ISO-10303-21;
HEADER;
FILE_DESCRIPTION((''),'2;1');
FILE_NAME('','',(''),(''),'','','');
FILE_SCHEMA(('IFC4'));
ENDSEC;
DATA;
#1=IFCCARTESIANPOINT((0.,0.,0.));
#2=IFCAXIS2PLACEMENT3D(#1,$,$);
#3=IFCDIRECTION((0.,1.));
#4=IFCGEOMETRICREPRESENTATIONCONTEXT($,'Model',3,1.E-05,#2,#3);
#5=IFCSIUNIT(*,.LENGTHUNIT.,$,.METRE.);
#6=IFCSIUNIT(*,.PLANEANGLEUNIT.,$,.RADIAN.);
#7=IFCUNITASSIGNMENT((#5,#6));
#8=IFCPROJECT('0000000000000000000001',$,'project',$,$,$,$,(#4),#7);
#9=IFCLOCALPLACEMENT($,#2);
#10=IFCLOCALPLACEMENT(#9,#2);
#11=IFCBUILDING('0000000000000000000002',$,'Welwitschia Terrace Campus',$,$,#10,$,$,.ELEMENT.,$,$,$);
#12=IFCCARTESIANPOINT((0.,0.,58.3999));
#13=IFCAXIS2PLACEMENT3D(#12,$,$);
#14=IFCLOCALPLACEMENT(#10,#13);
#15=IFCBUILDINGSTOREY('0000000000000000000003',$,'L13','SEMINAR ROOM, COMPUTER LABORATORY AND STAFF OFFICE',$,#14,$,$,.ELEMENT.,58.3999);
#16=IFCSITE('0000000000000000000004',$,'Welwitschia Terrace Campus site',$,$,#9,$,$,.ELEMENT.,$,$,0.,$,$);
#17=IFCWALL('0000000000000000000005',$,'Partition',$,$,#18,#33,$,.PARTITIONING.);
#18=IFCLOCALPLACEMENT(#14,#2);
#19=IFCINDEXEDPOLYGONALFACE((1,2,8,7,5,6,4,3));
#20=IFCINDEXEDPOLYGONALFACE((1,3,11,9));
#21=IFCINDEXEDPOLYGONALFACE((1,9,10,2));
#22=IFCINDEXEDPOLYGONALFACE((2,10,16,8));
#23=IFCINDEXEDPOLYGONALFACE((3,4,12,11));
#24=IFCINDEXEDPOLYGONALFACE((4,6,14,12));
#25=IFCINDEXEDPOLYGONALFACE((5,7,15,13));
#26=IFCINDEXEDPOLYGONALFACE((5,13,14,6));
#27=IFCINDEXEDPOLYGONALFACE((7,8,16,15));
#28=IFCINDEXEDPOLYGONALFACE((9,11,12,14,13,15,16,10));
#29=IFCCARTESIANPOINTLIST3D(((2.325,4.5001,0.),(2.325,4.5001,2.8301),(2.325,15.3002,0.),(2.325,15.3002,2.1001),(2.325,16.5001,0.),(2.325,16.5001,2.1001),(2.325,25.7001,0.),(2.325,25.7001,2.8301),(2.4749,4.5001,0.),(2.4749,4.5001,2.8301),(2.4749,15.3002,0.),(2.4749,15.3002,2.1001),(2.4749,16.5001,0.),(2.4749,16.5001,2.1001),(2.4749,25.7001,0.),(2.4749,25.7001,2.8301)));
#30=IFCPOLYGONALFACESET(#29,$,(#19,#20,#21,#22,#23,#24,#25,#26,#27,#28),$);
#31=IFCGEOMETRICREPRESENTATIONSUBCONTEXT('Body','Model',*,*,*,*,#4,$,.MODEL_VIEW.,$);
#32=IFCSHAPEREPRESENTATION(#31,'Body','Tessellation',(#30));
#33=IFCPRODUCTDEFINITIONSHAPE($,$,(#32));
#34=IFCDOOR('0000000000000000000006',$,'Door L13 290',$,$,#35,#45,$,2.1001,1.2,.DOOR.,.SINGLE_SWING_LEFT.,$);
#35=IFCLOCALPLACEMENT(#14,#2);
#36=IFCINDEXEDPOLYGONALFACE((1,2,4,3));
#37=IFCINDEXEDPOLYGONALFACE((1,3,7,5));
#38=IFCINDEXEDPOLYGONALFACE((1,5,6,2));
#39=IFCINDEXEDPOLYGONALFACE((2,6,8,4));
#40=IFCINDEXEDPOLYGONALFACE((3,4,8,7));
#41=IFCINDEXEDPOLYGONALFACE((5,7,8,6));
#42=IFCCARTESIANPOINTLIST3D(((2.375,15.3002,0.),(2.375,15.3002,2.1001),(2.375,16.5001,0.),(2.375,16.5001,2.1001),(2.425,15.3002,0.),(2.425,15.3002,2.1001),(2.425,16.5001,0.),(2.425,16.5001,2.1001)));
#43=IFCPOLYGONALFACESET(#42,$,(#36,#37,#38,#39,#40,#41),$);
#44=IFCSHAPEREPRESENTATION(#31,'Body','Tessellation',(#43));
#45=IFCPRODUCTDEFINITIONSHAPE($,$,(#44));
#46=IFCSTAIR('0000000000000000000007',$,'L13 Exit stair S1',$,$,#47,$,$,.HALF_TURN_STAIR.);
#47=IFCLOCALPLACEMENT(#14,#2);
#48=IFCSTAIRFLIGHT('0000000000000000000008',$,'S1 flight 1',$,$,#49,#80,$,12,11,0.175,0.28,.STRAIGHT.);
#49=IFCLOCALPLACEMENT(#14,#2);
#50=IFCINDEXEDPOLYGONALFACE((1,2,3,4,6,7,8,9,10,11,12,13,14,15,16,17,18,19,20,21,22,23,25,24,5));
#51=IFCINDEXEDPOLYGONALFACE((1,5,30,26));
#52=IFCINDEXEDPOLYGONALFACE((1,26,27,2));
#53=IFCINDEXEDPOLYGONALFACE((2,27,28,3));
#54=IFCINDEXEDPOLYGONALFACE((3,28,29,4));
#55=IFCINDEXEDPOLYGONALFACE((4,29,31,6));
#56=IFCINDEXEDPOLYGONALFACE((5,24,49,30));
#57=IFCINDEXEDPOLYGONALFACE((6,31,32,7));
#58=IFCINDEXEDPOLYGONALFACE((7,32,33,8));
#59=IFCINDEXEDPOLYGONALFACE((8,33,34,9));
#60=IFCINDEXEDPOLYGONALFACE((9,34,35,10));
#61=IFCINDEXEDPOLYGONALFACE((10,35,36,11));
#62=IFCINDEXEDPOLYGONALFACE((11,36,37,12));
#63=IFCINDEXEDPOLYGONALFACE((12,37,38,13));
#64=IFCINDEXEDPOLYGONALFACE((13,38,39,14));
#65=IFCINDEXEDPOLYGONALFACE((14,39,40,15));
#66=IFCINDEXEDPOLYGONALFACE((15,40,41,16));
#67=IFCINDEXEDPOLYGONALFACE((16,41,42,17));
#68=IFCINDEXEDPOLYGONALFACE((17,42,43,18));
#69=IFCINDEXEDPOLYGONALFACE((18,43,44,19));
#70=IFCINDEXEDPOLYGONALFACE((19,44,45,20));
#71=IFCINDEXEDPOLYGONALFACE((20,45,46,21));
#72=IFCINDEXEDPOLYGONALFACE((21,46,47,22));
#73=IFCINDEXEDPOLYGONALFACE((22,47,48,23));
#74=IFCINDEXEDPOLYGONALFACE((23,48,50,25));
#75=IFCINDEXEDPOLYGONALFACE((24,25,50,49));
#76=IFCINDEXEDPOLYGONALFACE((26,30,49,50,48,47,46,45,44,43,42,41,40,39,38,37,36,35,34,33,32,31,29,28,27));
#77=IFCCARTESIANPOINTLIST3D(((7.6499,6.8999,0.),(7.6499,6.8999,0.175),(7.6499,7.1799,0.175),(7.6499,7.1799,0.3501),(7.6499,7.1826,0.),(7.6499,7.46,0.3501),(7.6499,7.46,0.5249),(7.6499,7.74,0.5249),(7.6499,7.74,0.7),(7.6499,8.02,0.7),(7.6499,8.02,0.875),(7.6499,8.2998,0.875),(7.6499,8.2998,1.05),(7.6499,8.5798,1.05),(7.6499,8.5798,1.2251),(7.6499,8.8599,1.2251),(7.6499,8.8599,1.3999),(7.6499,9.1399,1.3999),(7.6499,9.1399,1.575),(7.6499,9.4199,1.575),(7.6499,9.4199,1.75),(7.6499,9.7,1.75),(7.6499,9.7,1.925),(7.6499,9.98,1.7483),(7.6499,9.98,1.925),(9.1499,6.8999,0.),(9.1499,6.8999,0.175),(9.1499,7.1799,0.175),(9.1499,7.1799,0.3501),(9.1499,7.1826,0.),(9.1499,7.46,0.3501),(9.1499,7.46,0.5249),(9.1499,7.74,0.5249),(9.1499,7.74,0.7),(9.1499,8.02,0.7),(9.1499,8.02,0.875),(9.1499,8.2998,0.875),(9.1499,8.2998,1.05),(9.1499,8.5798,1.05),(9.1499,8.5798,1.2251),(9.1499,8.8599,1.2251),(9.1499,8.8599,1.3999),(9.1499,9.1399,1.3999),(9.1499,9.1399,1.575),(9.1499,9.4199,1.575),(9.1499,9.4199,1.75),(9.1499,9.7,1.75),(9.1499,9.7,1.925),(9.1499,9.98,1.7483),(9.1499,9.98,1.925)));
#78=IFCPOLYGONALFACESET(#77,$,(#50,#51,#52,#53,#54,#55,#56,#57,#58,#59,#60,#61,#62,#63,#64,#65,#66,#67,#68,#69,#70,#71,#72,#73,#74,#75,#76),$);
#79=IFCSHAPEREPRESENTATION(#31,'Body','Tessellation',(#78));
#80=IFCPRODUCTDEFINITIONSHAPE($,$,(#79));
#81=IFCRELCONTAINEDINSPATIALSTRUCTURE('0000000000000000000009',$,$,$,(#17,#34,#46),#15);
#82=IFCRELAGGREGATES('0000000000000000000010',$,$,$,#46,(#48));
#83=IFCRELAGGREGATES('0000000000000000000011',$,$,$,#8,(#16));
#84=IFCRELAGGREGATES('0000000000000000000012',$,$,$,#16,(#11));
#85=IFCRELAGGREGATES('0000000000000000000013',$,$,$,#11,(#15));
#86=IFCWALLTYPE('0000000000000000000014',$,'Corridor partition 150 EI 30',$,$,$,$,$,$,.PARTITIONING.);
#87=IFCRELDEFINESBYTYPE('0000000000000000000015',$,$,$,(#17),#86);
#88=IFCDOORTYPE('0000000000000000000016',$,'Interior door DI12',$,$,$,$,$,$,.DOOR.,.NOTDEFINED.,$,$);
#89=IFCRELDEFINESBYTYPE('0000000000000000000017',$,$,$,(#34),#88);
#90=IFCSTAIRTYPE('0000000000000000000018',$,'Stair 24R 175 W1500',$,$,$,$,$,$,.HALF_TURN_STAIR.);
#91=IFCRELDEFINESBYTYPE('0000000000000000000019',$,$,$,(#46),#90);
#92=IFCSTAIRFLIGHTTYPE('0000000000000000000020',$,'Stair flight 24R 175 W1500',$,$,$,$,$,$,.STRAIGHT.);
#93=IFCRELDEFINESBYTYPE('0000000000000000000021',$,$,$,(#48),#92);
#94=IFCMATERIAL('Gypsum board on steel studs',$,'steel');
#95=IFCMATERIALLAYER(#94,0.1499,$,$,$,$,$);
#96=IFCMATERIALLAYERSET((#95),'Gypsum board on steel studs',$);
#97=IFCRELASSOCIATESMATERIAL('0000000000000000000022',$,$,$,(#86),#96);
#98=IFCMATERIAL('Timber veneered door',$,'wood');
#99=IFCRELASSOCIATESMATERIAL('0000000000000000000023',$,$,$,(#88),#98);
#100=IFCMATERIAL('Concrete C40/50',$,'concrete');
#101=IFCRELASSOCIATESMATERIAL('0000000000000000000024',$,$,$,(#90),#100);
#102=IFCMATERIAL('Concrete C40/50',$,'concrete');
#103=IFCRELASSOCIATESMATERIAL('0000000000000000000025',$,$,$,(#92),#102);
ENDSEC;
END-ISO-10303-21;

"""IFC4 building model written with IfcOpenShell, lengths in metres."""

from ifc_helpers import new_model, si_unit, direction, frame, frame_2d, origin, place, context, subcontext, project, spatial, polyline, rectangle, outline, extrude, material, layer, layer_set, type_object, element, fill, aggregate, save


model = new_model("IFC4")

# Units and contexts
model_context = context("Model", 3, precision=1e-05, world=origin(), true_north=direction((0.0, 1.0)))
body_context = subcontext(model_context, "Body", "Model", "MODEL_VIEW")
ifc_project = project(units=[si_unit("LENGTHUNIT", "METRE"), si_unit("PLANEANGLEUNIT", "RADIAN")], contexts=[model_context])

# Site, building, storey
site_placement = place(None, origin())
site = spatial("IfcSite", under=ifc_project, at=site_placement, Name="Welwitschia Terrace Campus site", CompositionType="ELEMENT", RefElevation=0.0)
building_placement = place(site_placement, origin())
building = spatial("IfcBuilding", under=site, at=building_placement, Name="Welwitschia Terrace Campus", CompositionType="ELEMENT")
storey_placement = place(building_placement, frame((0.0, 0.0, 58.3999)))
storey = spatial("IfcBuildingStorey", under=building, at=storey_placement, Name="L13", Description="SEMINAR ROOM, COMPUTER LABORATORY AND STAFF OFFICE", CompositionType="ELEMENT", Elevation=58.3999)

# Wall, opening, door
ifc_material_1 = material(Name="Gypsum board on steel studs", Category="steel")
ifc_layer_1 = layer(ifc_material_1, 0.1499)
ifc_layer_set_1 = layer_set([ifc_layer_1], Name="Gypsum board on steel studs")
wall_type_1 = type_object("IfcWallType", Name="Corridor partition 150 EI 30", PredefinedType="PARTITIONING", material=ifc_layer_set_1)
wall_1_placement = place(storey_placement, frame((2.3999, 4.5, 0.0), z_axis=(0.0, 0.0, 1.0), x_axis=(0.0, 1.0, 0.0)))
wall_1 = element("IfcWall", 1, at=wall_1_placement, inside=storey, type_object=wall_type_1, Name="Partition", PredefinedType="PARTITIONING", context=body_context, shape_type="SweptSolid", body=[
    extrude(rectangle(XDim=21.2, YDim=0.1499, at=frame_2d((10.6001, 0.0))), origin(), (0.0, 0.0, 1.0), 2.8301),
])
opening_1_placement = place(wall_1_placement, frame((10.8, 0.0, 0.0)))
opening_1 = element("IfcOpeningElement", 2, at=opening_1_placement, cuts=wall_1, PredefinedType="OPENING", context=body_context, shape_type="SweptSolid", body=[
    extrude(rectangle(XDim=1.2, YDim=2.1001, at=frame_2d((0.6001, 1.05))), frame((0.0, 0.085, 0.0), z_axis=(0.0, -1.0, 0.0), x_axis=(1.0, 0.0, 0.0)), (0.0, 0.0, 1.0), 0.1699),
])
ifc_material_2 = material(Name="Timber veneered door", Category="wood")
door_type_1 = type_object("IfcDoorType", Name="Interior door DI12", OperationType="NOTDEFINED", PredefinedType="DOOR", material=ifc_material_2)
door_1_placement = place(opening_1_placement, origin())
door_1 = element("IfcDoor", 3, at=door_1_placement, inside=storey, type_object=door_type_1, Name="Door L13 290", OperationType="SINGLE_SWING_LEFT", OverallHeight=2.1001, OverallWidth=1.2, PredefinedType="DOOR", context=body_context, shape_type="SweptSolid", body=[
    extrude(rectangle(XDim=1.2, YDim=2.1001, at=frame_2d((0.6001, 1.05))), frame((0.0, 0.0249, 0.0), z_axis=(0.0, -1.0, 0.0), x_axis=(1.0, 0.0, 0.0)), (0.0, 0.0, 1.0), 0.05),
])
fill(opening_1, door_1)

# Stair, stair flight
ifc_material_3 = material(Name="Concrete C40/50", Category="concrete")
stair_type = type_object("IfcStairType", Name="Stair 24R 175 W1500", PredefinedType="HALF_TURN_STAIR", material=ifc_material_3)
stair_placement = place(storey_placement, origin())
stair = element("IfcStair", 4, at=stair_placement, inside=storey, type_object=stair_type, Name="L13 Exit stair S1", PredefinedType="HALF_TURN_STAIR")
ifc_material_4 = material(Name="Concrete C40/50", Category="concrete")
stair_flight_type = type_object("IfcStairFlightType", Name="Stair flight 24R 175 W1500", PredefinedType="STRAIGHT", material=ifc_material_4)
stair_flight_placement = place(storey_placement, frame((8.3999, 6.8999, 0.0), z_axis=(0.0, 0.0, 1.0), x_axis=(0.0, 1.0, 0.0)))
stair_flight = element("IfcStairFlight", 5, at=stair_flight_placement, type_object=stair_flight_type, Name="S1 flight 1", NumberOfRisers=12, NumberOfTreads=11, PredefinedType="STRAIGHT", RiserHeight=0.175, TreadLength=0.28, context=body_context, shape_type="SweptSolid", body=[
    extrude(outline(polyline([(0.0, 0.0), (0.0, 0.175), (0.28, 0.175), (0.28, 0.3501), (0.5601, 0.3501), (0.5601, 0.5249), (0.8401, 0.5249), (0.8401, 0.7), (1.1201, 0.7), (1.1201, 0.875), (1.3999, 0.875), (1.3999, 1.05), (1.6799, 1.05), (1.6799, 1.2251), (1.96, 1.2251), (1.96, 1.3999), (2.24, 1.3999), (2.24, 1.575), (2.52, 1.575), (2.52, 1.75), (2.8, 1.75), (2.8, 1.925), (3.0801, 1.925), (3.0801, 2.1001), (3.0801, 1.7483), (0.2827, 0.0), (0.0, 0.0)])), frame((0.0, 0.75, 0.0), z_axis=(0.0, -1.0, 0.0), x_axis=(1.0, 0.0, 0.0)), (0.0, 0.0, 1.0), 1.5),
])
aggregate(stair, [stair_flight])

save(model, "model.ifc")
